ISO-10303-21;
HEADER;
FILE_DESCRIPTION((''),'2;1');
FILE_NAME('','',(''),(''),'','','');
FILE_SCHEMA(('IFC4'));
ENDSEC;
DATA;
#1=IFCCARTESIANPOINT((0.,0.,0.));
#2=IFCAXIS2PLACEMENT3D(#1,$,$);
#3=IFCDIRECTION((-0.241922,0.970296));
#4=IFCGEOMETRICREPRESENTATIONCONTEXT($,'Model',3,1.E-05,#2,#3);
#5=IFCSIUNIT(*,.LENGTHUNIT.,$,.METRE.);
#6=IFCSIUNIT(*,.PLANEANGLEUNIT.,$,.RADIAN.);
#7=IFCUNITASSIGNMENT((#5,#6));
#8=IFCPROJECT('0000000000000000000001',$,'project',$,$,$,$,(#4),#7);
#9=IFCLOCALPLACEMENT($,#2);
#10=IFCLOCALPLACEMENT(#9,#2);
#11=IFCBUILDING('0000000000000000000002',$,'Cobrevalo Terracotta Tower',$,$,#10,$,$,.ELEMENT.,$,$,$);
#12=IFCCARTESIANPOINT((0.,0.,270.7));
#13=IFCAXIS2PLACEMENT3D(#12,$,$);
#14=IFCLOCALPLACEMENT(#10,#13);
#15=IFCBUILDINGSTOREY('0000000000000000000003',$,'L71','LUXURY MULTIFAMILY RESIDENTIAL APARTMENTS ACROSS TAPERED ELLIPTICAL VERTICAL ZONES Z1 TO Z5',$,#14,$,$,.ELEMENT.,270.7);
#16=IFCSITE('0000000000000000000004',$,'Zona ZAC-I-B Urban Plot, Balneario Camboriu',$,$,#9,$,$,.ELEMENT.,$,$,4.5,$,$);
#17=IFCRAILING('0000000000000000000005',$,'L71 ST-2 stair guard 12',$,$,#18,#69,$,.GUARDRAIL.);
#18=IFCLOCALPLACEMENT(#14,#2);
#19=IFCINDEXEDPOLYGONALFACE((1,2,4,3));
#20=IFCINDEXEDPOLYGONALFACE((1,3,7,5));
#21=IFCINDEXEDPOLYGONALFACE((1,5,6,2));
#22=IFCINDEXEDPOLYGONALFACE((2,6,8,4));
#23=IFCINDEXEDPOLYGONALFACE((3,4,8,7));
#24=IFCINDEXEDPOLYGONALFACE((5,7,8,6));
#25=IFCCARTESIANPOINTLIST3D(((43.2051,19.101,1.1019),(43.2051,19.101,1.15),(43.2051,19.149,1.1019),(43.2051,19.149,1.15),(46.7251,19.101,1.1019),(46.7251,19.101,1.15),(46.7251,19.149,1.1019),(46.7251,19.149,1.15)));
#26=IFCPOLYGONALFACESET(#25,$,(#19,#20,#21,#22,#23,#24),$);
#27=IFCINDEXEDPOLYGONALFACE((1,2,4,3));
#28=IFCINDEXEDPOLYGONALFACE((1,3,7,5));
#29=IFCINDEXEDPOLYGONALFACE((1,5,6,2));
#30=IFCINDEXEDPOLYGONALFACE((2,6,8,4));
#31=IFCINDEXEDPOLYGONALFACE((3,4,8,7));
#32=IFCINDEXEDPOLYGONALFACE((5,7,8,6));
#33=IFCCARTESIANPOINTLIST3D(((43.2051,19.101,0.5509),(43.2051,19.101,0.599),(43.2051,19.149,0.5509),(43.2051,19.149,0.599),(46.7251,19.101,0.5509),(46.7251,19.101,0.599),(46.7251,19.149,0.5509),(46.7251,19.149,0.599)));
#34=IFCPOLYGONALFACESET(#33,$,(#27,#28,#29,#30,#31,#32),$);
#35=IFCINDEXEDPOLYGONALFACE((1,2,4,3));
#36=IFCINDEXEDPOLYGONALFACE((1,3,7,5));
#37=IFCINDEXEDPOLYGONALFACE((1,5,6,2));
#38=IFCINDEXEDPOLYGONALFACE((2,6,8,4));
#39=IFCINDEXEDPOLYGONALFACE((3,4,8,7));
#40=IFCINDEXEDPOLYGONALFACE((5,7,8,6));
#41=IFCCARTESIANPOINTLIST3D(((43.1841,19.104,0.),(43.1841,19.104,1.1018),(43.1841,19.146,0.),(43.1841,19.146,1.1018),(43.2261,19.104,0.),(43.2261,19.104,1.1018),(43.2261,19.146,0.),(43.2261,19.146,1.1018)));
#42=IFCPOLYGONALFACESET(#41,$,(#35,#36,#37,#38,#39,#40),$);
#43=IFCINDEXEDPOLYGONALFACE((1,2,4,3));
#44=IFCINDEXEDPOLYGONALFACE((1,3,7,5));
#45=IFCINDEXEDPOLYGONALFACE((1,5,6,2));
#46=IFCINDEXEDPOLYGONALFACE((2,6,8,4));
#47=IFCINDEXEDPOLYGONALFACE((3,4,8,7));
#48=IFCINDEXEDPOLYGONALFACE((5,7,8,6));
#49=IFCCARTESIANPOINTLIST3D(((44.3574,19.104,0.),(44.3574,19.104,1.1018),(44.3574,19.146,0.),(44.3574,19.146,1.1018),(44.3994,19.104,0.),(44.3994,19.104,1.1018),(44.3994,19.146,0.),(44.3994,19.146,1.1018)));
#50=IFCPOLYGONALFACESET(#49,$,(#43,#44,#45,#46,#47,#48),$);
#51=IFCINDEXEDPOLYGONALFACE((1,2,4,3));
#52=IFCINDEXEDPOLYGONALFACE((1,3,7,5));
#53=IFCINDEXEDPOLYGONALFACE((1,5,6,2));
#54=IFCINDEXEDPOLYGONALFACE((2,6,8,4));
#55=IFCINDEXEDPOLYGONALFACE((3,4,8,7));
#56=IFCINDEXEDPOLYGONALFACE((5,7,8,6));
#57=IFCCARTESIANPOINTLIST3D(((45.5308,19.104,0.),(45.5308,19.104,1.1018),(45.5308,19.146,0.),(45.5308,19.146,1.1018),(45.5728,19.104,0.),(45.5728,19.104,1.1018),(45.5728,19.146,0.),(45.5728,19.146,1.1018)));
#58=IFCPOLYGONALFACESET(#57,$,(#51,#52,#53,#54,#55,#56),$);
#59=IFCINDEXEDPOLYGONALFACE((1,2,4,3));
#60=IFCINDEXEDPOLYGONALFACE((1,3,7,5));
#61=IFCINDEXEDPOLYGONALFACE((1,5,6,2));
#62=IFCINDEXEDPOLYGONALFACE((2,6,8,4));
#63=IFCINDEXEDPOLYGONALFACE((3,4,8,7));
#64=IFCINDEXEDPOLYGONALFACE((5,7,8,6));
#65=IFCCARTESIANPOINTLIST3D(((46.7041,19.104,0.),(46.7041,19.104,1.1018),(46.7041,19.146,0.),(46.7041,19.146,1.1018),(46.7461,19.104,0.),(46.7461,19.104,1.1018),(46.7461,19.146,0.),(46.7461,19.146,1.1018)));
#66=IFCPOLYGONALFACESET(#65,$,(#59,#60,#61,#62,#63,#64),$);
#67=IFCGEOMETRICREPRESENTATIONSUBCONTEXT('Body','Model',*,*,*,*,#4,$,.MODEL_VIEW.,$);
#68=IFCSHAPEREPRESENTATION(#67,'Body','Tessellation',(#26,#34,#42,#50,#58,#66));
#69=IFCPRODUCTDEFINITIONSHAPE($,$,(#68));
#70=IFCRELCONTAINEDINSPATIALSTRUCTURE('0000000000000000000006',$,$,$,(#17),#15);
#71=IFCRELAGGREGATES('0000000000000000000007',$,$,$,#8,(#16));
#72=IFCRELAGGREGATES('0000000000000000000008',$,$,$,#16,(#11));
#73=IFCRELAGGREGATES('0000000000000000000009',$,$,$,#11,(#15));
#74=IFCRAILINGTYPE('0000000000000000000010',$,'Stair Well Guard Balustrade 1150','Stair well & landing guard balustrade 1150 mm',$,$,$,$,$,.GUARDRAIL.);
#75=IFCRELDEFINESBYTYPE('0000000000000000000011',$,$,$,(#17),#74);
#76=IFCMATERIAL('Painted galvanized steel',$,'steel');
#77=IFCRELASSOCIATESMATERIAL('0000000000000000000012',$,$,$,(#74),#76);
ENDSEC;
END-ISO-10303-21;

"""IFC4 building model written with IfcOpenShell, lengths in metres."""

from ifc_helpers import new_model, si_unit, direction, frame, origin, origin_2d, place, context, subcontext, project, spatial, rectangle, extrude, material, type_object, element, save


model = new_model("IFC4")

# Units and contexts
model_context = context("Model", 3, precision=1e-05, world=origin(), true_north=direction((-0.241922, 0.970296)))
body_context = subcontext(model_context, "Body", "Model", "MODEL_VIEW")
ifc_project = project(units=[si_unit("LENGTHUNIT", "METRE"), si_unit("PLANEANGLEUNIT", "RADIAN")], contexts=[model_context])

# Site, building, storey
site_placement = place(None, origin())
site = spatial("IfcSite", under=ifc_project, at=site_placement, Name="Zona ZAC-I-B Urban Plot, Balneario Camboriu", CompositionType="ELEMENT", RefElevation=4.5)
building_placement = place(site_placement, origin())
building = spatial("IfcBuilding", under=site, at=building_placement, Name="Cobrevalo Terracotta Tower", CompositionType="ELEMENT")
storey_placement = place(building_placement, frame((0.0, 0.0, 270.7)))
storey = spatial("IfcBuildingStorey", under=building, at=storey_placement, Name="L71", Description="LUXURY MULTIFAMILY RESIDENTIAL APARTMENTS ACROSS TAPERED ELLIPTICAL VERTICAL ZONES Z1 TO Z5", CompositionType="ELEMENT", Elevation=270.7)

# Railing
ifc_material_1 = material(Name="Painted galvanized steel", Category="steel")
railing_type_1 = type_object("IfcRailingType", Name="Stair Well Guard Balustrade 1150", Description="Stair well & landing guard balustrade 1150 mm", PredefinedType="GUARDRAIL", material=ifc_material_1)
railing_1_placement = place(storey_placement, frame((43.2051, 19.125, 0.0)))
element("IfcRailing", 1, at=railing_1_placement, inside=storey, type_object=railing_type_1, Name="L71 ST-2 stair guard 12", PredefinedType="GUARDRAIL", context=body_context, shape_type="SweptSolid", body=[
    extrude(rectangle(XDim=0.0481, YDim=0.0481, at=origin_2d()), frame((0.0, 0.0, 1.126), z_axis=(1.0, 0.0, 0.0), x_axis=(0.0, 1.0, 0.0)), (0.0, 0.0, 1.0), 3.52),
    extrude(rectangle(XDim=0.0481, YDim=0.0481, at=origin_2d()), frame((0.0, 0.0, 0.575), z_axis=(1.0, 0.0, 0.0), x_axis=(0.0, 1.0, 0.0)), (0.0, 0.0, 1.0), 3.52),
    extrude(rectangle(XDim=0.042, YDim=0.042, at=origin_2d()), origin(), (0.0, 0.0, 1.0), 1.1018),
    extrude(rectangle(XDim=0.042, YDim=0.042, at=origin_2d()), frame((1.1733, 0.0, 0.0)), (0.0, 0.0, 1.0), 1.1018),
    extrude(rectangle(XDim=0.042, YDim=0.042, at=origin_2d()), frame((2.3467, 0.0, 0.0)), (0.0, 0.0, 1.0), 1.1018),
    extrude(rectangle(XDim=0.042, YDim=0.042, at=origin_2d()), frame((3.52, 0.0, 0.0)), (0.0, 0.0, 1.0), 1.1018),
])

save(model, "model.ifc")
